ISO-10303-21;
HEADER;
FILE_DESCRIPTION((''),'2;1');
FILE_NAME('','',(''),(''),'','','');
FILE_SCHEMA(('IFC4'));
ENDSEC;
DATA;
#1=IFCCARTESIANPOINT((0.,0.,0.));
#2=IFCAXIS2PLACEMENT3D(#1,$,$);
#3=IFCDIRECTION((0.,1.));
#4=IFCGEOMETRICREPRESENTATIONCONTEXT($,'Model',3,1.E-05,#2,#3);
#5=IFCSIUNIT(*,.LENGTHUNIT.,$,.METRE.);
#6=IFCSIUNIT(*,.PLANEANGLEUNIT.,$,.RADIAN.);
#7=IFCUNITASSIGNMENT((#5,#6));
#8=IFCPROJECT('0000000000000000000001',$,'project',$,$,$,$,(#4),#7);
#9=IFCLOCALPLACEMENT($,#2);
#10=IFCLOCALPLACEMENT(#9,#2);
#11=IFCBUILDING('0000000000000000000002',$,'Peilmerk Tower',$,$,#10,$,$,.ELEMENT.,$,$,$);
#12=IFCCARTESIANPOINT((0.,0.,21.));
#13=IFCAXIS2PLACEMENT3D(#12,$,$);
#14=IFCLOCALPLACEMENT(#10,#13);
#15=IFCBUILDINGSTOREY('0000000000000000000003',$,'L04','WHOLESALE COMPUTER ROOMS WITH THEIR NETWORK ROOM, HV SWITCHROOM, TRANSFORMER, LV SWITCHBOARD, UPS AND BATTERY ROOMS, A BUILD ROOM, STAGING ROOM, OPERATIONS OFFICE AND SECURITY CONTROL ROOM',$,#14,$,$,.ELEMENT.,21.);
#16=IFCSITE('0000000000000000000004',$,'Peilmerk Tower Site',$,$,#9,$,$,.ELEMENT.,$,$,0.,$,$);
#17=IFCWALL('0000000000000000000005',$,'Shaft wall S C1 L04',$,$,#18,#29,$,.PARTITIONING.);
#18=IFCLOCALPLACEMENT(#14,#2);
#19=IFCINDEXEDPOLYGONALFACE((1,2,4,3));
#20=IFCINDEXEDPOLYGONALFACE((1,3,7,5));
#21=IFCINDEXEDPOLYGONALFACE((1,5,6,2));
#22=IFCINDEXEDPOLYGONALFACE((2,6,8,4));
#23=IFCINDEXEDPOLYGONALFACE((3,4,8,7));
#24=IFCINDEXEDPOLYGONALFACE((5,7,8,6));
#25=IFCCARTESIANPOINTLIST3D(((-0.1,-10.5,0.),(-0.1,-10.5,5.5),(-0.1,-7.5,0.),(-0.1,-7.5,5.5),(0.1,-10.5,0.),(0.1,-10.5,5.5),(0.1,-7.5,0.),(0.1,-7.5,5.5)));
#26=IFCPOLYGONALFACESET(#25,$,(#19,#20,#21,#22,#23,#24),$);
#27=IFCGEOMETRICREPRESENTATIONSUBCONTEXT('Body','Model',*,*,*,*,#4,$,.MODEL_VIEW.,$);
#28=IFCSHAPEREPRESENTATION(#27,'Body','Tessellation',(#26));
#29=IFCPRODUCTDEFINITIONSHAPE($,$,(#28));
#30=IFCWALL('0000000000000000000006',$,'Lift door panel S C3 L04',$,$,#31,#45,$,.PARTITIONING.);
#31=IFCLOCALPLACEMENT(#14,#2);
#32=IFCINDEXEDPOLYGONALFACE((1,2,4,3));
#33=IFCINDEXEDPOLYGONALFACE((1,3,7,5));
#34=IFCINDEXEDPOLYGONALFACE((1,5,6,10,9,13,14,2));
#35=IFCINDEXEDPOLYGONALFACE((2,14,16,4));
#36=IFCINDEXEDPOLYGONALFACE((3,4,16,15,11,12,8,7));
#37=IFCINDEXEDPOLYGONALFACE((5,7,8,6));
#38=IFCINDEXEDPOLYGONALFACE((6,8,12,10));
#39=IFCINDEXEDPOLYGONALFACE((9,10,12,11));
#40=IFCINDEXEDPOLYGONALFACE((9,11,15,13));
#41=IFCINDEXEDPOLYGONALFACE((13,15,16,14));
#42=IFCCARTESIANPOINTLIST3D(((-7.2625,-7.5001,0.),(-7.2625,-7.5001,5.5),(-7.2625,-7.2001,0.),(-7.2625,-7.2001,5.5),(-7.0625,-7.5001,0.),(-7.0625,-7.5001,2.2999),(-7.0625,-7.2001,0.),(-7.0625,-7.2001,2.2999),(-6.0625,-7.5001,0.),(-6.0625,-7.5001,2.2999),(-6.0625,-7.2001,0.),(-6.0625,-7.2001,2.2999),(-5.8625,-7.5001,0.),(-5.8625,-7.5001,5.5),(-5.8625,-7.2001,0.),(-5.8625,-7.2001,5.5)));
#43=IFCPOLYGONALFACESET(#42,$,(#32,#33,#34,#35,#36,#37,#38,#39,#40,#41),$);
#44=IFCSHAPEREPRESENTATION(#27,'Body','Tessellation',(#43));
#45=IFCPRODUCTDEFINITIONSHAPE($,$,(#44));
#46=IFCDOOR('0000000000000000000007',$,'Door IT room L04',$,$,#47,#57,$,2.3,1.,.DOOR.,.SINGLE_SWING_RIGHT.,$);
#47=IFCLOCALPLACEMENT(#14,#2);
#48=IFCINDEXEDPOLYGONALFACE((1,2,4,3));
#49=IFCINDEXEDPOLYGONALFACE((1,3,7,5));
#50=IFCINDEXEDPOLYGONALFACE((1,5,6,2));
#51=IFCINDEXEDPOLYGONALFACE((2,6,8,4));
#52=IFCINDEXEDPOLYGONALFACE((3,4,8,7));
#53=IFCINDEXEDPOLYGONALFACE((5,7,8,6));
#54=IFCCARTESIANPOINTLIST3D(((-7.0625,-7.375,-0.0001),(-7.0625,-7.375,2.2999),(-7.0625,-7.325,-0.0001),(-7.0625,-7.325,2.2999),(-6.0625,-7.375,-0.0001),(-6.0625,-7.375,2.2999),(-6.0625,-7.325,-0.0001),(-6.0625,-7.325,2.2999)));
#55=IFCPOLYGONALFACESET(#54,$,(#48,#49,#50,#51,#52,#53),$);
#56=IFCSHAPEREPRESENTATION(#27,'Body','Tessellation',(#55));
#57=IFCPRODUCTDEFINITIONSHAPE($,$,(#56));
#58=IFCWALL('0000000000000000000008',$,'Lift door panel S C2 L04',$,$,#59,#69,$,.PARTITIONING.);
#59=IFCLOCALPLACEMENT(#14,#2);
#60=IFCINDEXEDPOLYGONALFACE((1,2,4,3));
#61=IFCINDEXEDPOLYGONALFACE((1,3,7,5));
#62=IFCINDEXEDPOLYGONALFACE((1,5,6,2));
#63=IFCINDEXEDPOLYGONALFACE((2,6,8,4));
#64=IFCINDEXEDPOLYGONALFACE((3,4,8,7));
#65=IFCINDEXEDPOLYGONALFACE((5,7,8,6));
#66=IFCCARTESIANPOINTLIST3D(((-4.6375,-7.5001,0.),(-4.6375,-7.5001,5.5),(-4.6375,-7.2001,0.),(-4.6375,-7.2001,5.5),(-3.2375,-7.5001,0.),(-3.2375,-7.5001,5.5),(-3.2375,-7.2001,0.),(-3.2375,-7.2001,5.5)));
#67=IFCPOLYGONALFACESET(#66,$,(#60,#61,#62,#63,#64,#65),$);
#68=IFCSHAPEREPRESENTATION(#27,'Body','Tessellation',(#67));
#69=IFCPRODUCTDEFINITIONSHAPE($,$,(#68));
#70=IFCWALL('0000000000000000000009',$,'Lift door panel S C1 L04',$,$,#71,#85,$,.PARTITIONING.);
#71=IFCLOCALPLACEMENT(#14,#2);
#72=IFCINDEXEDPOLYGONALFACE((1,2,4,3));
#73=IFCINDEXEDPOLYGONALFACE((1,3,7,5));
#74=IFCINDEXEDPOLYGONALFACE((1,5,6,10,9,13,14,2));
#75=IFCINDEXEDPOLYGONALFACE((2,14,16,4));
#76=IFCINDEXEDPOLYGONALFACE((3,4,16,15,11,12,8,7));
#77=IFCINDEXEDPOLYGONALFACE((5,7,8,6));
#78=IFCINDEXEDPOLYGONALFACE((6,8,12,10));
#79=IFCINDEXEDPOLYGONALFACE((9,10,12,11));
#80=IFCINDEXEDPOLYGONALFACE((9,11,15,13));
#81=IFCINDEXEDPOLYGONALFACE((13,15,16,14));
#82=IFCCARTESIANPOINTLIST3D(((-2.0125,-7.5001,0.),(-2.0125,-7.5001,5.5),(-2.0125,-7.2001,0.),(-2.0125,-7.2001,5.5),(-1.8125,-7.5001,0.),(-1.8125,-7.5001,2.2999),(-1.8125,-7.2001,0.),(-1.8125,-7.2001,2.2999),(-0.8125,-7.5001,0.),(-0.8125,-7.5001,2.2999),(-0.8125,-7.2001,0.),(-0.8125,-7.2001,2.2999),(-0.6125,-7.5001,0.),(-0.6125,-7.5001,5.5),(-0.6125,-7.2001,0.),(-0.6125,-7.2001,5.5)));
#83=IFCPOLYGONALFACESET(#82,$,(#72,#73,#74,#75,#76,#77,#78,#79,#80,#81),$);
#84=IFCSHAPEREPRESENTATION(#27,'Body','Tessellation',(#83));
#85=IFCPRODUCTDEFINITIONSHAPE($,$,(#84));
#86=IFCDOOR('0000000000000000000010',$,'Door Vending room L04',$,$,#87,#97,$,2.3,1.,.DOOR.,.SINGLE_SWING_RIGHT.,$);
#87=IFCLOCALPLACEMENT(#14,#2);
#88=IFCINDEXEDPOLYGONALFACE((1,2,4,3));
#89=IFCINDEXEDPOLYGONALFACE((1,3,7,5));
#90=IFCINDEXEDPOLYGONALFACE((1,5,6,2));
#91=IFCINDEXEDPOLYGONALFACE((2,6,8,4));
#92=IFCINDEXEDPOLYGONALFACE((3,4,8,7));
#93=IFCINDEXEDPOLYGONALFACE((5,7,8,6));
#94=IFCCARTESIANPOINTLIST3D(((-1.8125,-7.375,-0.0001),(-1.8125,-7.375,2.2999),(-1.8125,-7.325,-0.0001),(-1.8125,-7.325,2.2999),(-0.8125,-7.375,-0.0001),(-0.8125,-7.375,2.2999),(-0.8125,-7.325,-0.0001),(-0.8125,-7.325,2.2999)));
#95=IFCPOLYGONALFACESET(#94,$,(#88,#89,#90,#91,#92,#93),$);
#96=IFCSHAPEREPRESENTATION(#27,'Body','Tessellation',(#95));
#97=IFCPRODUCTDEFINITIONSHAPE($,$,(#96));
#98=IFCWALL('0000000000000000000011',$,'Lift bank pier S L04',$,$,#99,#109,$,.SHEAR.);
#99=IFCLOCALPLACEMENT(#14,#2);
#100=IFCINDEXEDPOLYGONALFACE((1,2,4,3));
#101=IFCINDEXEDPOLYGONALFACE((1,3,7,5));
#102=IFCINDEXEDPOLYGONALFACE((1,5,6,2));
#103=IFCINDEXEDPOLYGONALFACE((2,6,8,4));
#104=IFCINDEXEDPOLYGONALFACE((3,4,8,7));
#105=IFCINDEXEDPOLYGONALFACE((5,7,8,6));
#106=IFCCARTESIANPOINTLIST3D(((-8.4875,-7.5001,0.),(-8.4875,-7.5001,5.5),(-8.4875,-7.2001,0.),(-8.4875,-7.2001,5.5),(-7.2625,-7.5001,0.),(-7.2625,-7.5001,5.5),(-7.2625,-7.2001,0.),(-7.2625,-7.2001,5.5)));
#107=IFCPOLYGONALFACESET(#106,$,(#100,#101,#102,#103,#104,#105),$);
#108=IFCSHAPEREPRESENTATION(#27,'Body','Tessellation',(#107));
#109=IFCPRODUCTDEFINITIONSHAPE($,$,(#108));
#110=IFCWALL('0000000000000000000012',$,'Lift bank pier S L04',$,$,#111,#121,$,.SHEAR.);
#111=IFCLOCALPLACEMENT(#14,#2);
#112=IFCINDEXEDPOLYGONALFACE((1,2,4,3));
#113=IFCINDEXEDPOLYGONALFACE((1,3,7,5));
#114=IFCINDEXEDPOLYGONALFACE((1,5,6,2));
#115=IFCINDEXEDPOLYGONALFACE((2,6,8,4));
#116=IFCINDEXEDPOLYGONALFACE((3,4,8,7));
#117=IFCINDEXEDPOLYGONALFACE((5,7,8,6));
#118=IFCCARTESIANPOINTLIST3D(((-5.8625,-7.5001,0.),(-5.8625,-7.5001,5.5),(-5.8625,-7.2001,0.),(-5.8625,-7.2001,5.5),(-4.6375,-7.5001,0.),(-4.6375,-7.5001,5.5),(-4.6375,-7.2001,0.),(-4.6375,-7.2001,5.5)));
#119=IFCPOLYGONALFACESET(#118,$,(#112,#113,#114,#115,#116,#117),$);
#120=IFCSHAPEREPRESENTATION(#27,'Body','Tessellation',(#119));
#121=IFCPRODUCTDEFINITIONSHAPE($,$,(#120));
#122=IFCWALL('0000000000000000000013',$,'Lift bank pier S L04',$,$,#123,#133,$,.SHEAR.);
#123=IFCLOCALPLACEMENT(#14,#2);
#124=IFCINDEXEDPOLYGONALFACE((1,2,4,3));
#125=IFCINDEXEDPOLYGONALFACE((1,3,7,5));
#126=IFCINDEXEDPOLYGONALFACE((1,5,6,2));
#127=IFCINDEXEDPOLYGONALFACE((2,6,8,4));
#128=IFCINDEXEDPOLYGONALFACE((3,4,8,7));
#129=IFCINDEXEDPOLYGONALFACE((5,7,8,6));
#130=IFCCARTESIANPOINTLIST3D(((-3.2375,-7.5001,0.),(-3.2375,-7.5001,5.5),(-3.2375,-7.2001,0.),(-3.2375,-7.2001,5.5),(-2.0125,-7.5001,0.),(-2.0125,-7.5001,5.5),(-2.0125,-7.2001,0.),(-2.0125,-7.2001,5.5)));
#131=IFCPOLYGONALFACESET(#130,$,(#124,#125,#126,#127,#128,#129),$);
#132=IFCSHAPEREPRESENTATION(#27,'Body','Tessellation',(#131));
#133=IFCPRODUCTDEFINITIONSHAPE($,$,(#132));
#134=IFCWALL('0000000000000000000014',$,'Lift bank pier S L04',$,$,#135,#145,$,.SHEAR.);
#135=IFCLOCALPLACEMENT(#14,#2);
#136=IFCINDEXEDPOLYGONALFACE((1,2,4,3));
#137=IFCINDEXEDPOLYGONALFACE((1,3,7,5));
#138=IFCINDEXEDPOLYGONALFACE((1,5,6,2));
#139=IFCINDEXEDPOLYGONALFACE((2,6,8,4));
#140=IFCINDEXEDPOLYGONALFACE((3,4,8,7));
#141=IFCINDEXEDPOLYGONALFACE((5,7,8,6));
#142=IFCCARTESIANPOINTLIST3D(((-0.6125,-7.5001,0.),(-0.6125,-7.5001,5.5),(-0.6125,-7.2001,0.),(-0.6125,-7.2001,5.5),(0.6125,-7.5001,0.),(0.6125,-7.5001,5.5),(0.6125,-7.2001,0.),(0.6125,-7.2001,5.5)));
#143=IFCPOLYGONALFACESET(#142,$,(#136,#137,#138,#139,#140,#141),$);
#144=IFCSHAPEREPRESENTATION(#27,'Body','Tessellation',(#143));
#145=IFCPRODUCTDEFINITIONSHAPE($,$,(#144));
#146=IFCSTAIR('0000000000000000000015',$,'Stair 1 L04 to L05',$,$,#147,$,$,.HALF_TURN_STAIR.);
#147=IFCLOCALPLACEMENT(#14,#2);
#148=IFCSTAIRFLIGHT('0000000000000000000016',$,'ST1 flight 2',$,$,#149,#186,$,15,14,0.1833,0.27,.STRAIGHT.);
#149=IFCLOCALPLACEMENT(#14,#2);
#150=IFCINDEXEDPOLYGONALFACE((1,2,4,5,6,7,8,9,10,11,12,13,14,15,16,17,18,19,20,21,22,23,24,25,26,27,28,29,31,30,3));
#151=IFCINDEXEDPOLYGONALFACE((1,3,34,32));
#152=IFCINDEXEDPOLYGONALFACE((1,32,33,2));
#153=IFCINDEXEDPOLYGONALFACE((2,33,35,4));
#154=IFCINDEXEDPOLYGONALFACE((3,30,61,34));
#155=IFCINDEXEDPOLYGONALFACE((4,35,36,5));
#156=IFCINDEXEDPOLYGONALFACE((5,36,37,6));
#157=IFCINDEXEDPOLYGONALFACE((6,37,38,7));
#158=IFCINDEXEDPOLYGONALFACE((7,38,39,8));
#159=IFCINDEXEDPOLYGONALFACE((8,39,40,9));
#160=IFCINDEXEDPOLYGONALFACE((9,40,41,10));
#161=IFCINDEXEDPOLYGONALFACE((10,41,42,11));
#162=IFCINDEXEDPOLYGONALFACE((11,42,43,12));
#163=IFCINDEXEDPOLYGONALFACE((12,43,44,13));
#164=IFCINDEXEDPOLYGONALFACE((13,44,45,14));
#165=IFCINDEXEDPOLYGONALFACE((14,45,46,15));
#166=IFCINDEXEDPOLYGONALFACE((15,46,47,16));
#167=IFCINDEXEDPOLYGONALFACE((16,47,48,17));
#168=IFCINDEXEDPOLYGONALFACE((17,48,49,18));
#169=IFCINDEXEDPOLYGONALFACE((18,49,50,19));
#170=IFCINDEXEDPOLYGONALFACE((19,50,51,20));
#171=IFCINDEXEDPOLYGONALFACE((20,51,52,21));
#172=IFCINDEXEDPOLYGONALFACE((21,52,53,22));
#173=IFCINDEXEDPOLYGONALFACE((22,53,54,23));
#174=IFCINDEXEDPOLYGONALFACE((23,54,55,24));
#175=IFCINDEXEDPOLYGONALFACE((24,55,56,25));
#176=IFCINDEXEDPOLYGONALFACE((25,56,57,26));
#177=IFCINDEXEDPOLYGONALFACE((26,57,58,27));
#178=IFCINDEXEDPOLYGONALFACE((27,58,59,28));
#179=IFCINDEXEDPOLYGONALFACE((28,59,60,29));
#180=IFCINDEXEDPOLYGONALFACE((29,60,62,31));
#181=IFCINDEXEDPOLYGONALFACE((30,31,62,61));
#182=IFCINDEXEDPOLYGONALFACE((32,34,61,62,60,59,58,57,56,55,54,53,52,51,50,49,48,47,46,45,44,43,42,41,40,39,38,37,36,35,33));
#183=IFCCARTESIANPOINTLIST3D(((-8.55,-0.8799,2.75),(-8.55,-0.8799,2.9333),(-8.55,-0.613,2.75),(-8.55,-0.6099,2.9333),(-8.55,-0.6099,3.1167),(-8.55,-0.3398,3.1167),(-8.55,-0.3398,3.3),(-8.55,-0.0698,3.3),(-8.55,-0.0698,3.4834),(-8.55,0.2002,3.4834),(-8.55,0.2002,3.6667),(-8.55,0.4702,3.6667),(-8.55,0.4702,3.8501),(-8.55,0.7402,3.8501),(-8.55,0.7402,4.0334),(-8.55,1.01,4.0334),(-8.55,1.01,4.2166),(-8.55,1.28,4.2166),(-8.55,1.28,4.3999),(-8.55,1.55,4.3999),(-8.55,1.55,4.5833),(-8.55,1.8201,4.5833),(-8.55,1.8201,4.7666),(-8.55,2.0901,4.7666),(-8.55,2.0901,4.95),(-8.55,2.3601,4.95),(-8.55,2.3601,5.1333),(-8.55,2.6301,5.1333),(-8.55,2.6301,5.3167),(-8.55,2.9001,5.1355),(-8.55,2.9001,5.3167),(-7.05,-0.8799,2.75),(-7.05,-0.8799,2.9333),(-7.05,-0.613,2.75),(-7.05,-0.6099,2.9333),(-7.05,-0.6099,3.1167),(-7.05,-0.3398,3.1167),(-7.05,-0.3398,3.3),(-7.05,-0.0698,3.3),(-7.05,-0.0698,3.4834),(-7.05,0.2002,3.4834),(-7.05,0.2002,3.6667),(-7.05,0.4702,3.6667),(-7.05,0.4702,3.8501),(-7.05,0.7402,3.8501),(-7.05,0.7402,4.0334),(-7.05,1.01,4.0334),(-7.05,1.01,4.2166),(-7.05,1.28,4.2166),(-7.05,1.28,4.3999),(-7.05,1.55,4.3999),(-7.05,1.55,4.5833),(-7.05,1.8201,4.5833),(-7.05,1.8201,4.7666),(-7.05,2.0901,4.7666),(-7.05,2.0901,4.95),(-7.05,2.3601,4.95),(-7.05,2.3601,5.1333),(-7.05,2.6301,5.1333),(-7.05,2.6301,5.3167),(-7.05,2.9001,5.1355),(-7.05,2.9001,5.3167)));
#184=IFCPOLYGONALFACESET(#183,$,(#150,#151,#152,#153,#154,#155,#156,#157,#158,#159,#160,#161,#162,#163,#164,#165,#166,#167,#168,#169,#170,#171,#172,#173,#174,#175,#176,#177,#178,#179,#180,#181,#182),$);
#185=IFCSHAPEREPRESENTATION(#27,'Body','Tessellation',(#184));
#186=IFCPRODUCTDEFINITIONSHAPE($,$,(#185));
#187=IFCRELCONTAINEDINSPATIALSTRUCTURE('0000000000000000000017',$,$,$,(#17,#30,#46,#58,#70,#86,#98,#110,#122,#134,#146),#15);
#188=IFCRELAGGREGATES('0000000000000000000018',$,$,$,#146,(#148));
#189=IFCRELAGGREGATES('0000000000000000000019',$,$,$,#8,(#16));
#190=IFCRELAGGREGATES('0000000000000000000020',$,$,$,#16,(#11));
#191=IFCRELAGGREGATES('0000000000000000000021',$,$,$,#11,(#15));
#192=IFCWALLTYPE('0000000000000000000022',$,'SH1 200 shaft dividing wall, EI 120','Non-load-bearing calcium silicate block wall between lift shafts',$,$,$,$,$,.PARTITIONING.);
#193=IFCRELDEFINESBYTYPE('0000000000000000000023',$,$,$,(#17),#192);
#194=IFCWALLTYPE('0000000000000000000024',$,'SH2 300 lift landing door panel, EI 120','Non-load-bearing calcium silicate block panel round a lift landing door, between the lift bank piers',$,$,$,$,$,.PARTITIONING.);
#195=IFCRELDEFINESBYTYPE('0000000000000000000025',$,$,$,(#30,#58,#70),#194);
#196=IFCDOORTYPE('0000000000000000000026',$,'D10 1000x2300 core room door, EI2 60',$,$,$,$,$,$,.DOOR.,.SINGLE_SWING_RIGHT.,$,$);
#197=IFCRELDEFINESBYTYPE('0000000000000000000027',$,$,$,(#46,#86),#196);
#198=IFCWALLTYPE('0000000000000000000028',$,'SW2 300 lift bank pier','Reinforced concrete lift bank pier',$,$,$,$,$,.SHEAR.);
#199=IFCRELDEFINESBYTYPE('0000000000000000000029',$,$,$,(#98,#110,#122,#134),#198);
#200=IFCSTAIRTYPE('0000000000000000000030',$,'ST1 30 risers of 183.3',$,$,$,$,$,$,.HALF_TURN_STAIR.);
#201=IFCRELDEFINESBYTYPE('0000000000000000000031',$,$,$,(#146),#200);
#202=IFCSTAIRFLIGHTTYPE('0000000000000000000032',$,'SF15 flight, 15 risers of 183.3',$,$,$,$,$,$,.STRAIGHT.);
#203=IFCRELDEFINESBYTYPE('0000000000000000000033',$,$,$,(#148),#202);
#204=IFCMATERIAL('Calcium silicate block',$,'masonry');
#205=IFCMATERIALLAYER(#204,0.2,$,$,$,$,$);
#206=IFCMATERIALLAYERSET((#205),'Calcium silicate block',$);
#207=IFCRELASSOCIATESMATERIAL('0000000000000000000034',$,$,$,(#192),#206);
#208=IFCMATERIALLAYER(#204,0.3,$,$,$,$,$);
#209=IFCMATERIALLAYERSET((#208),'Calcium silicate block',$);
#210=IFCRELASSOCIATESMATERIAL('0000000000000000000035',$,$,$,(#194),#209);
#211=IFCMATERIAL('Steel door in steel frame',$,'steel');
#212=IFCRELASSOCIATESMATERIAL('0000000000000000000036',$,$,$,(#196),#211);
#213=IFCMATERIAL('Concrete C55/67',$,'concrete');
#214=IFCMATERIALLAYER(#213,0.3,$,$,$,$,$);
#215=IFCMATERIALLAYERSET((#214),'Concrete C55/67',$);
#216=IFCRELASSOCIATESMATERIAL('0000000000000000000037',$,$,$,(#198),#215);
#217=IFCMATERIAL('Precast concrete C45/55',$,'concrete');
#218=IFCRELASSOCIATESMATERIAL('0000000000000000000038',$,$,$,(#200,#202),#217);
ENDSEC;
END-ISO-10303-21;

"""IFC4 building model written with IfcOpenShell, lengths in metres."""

from ifc_helpers import new_model, si_unit, direction, frame, frame_2d, origin, place, context, subcontext, project, spatial, polyline, rectangle, outline, extrude, material, layer, layer_set, type_object, element, fill, aggregate, save


model = new_model("IFC4")

# Units and contexts
model_context = context("Model", 3, precision=1e-05, world=origin(), true_north=direction((0.0, 1.0)))
body_context = subcontext(model_context, "Body", "Model", "MODEL_VIEW")
ifc_project = project(units=[si_unit("LENGTHUNIT", "METRE"), si_unit("PLANEANGLEUNIT", "RADIAN")], contexts=[model_context])

# Site, building, storey
site_placement = place(None, origin())
site = spatial("IfcSite", under=ifc_project, at=site_placement, Name="Peilmerk Tower Site", CompositionType="ELEMENT", RefElevation=0.0)
building_placement = place(site_placement, origin())
building = spatial("IfcBuilding", under=site, at=building_placement, Name="Peilmerk Tower", CompositionType="ELEMENT")
storey_placement = place(building_placement, frame((0.0, 0.0, 21.0)))
storey = spatial("IfcBuildingStorey", under=building, at=storey_placement, Name="L04", Description="WHOLESALE COMPUTER ROOMS WITH THEIR NETWORK ROOM, HV SWITCHROOM, TRANSFORMER, LV SWITCHBOARD, UPS AND BATTERY ROOMS, A BUILD ROOM, STAGING ROOM, OPERATIONS OFFICE AND SECURITY CONTROL ROOM", CompositionType="ELEMENT", Elevation=21.0)

# Wall
ifc_material_1 = material(Name="Calcium silicate block", Category="masonry")
ifc_layer_1 = layer(ifc_material_1, 0.2)
ifc_layer_set_1 = layer_set([ifc_layer_1], Name="Calcium silicate block")
wall_type_1 = type_object("IfcWallType", Name="SH1 200 shaft dividing wall, EI 120", Description="Non-load-bearing calcium silicate block wall between lift shafts", PredefinedType="PARTITIONING", material=ifc_layer_set_1)
for number, where, z_axis, x_axis, name in (
    (1, (0.0, -10.5, 0.0), (0.0, 0.0, 1.0), (0.0, 1.0, 0.0), "Shaft wall S C1 L04"),
):
    element("IfcWall", number, at=place(storey_placement, frame(where, z_axis=z_axis, x_axis=x_axis)), inside=storey, type_object=wall_type_1, Name=name, PredefinedType="PARTITIONING", context=body_context, shape_type="SweptSolid", body=[
        extrude(rectangle(XDim=3.0, YDim=0.2, at=frame_2d((1.5, 0.0))), origin(), (0.0, 0.0, 1.0), 5.5),
    ])

# Wall, opening, door
ifc_layer_2 = layer(ifc_material_1, 0.3)
ifc_layer_set_2 = layer_set([ifc_layer_2], Name="Calcium silicate block")
wall_type_2 = type_object("IfcWallType", Name="SH2 300 lift landing door panel, EI 120", Description="Non-load-bearing calcium silicate block panel round a lift landing door, between the lift bank piers", PredefinedType="PARTITIONING", material=ifc_layer_set_2)
wall_1_placement = place(storey_placement, frame((-7.2625, -7.3501, 0.0), z_axis=(0.0, 0.0, 1.0), x_axis=(1.0, 0.0, 0.0)))
wall_1 = element("IfcWall", 2, at=wall_1_placement, inside=storey, type_object=wall_type_2, Name="Lift door panel S C3 L04", PredefinedType="PARTITIONING", context=body_context, shape_type="SweptSolid", body=[
    extrude(rectangle(XDim=1.3999, YDim=0.3, at=frame_2d((0.7, 0.0))), origin(), (0.0, 0.0, 1.0), 5.5),
])
opening_1_placement = place(wall_1_placement, frame((0.2, 0.0, 0.0)))
opening_1 = element("IfcOpeningElement", 3, at=opening_1_placement, cuts=wall_1, PredefinedType="OPENING", context=body_context, shape_type="SweptSolid", body=[
    extrude(rectangle(XDim=1.0, YDim=2.3, at=frame_2d((0.5, 1.1499))), frame((0.0, 0.1599, 0.0), z_axis=(0.0, -1.0, 0.0), x_axis=(1.0, 0.0, 0.0)), (0.0, 0.0, 1.0), 0.3201),
])
ifc_material_2 = material(Name="Steel door in steel frame", Category="steel")
door_type = type_object("IfcDoorType", Name="D10 1000x2300 core room door, EI2 60", OperationType="SINGLE_SWING_RIGHT", PredefinedType="DOOR", material=ifc_material_2)
door_1_placement = place(opening_1_placement, frame((1.0, 0.0, 0.0), z_axis=(0.0, 0.0, 1.0), x_axis=(-1.0, 0.0, 0.0)))
door_1 = element("IfcDoor", 4, at=door_1_placement, inside=storey, type_object=door_type, Name="Door IT room L04", OperationType="SINGLE_SWING_RIGHT", OverallHeight=2.3, OverallWidth=1.0, PredefinedType="DOOR", context=body_context, shape_type="SweptSolid", body=[
    extrude(rectangle(XDim=1.0, YDim=2.3, at=frame_2d((0.5, 1.1499))), frame((0.0, 0.0249, 0.0), z_axis=(0.0, -1.0, 0.0), x_axis=(1.0, 0.0, 0.0)), (0.0, 0.0, 1.0), 0.05),
])
fill(opening_1, door_1)

# Wall
wall_2_placement = place(storey_placement, frame((-4.6375, -7.3501, 0.0), z_axis=(0.0, 0.0, 1.0), x_axis=(1.0, 0.0, 0.0)))
element("IfcWall", 5, at=wall_2_placement, inside=storey, type_object=wall_type_2, Name="Lift door panel S C2 L04", PredefinedType="PARTITIONING", context=body_context, shape_type="SweptSolid", body=[
    extrude(rectangle(XDim=1.3999, YDim=0.3, at=frame_2d((0.7, 0.0))), origin(), (0.0, 0.0, 1.0), 5.5),
])

# Wall, opening, door
wall_3_placement = place(storey_placement, frame((-2.0125, -7.3501, 0.0), z_axis=(0.0, 0.0, 1.0), x_axis=(1.0, 0.0, 0.0)))
wall_3 = element("IfcWall", 6, at=wall_3_placement, inside=storey, type_object=wall_type_2, Name="Lift door panel S C1 L04", PredefinedType="PARTITIONING", context=body_context, shape_type="SweptSolid", body=[
    extrude(rectangle(XDim=1.3999, YDim=0.3, at=frame_2d((0.7, 0.0))), origin(), (0.0, 0.0, 1.0), 5.5),
])
opening_2_placement = place(wall_3_placement, frame((0.2, 0.0, 0.0)))
opening_2 = element("IfcOpeningElement", 7, at=opening_2_placement, cuts=wall_3, PredefinedType="OPENING", context=body_context, shape_type="SweptSolid", body=[
    extrude(rectangle(XDim=1.0, YDim=2.3, at=frame_2d((0.5, 1.1499))), frame((0.0, 0.1599, 0.0), z_axis=(0.0, -1.0, 0.0), x_axis=(1.0, 0.0, 0.0)), (0.0, 0.0, 1.0), 0.3201),
])
door_2_placement = place(opening_2_placement, frame((1.0, 0.0, 0.0), z_axis=(0.0, 0.0, 1.0), x_axis=(-1.0, 0.0, 0.0)))
door_2 = element("IfcDoor", 8, at=door_2_placement, inside=storey, type_object=door_type, Name="Door Vending room L04", OperationType="SINGLE_SWING_RIGHT", OverallHeight=2.3, OverallWidth=1.0, PredefinedType="DOOR", context=body_context, shape_type="SweptSolid", body=[
    extrude(rectangle(XDim=1.0, YDim=2.3, at=frame_2d((0.5, 1.1499))), frame((0.0, 0.0249, 0.0), z_axis=(0.0, -1.0, 0.0), x_axis=(1.0, 0.0, 0.0)), (0.0, 0.0, 1.0), 0.05),
])
fill(opening_2, door_2)

# Walls
ifc_material_3 = material(Name="Concrete C55/67", Category="concrete")
ifc_layer_3 = layer(ifc_material_3, 0.3)
ifc_layer_set_3 = layer_set([ifc_layer_3], Name="Concrete C55/67")
wall_type_3 = type_object("IfcWallType", Name="SW2 300 lift bank pier", Description="Reinforced concrete lift bank pier", PredefinedType="SHEAR", material=ifc_layer_set_3)
for number, where, z_axis, x_axis, name in (
    (9, (-8.4875, -7.3501, 0.0), (0.0, 0.0, 1.0), (1.0, 0.0, 0.0), "Lift bank pier S L04"),
    (10, (-5.8625, -7.3501, 0.0), (0.0, 0.0, 1.0), (1.0, 0.0, 0.0), "Lift bank pier S L04"),
    (11, (-3.2375, -7.3501, 0.0), (0.0, 0.0, 1.0), (1.0, 0.0, 0.0), "Lift bank pier S L04"),
    (12, (-0.6125, -7.3501, 0.0), (0.0, 0.0, 1.0), (1.0, 0.0, 0.0), "Lift bank pier S L04"),
):
    element("IfcWall", number, at=place(storey_placement, frame(where, z_axis=z_axis, x_axis=x_axis)), inside=storey, type_object=wall_type_3, Name=name, PredefinedType="SHEAR", context=body_context, shape_type="SweptSolid", body=[
        extrude(rectangle(XDim=1.2251, YDim=0.3, at=frame_2d((0.6125, 0.0))), origin(), (0.0, 0.0, 1.0), 5.5),
    ])

# Stair, stair flight
ifc_material_4 = material(Name="Precast concrete C45/55", Category="concrete")
stair_type = type_object("IfcStairType", Name="ST1 30 risers of 183.3", PredefinedType="HALF_TURN_STAIR", material=ifc_material_4)
stair_placement = place(storey_placement, origin())
stair = element("IfcStair", 13, at=stair_placement, inside=storey, type_object=stair_type, Name="Stair 1 L04 to L05", PredefinedType="HALF_TURN_STAIR")
stair_flight_type = type_object("IfcStairFlightType", Name="SF15 flight, 15 risers of 183.3", PredefinedType="STRAIGHT", material=ifc_material_4)
stair_flight_placement = place(storey_placement, frame((-7.8, -0.8799, 2.75), z_axis=(0.0, 0.0, 1.0), x_axis=(0.0, 1.0, 0.0)))
stair_flight = element("IfcStairFlight", 14, at=stair_flight_placement, type_object=stair_flight_type, Name="ST1 flight 2", NumberOfRisers=15, NumberOfTreads=14, PredefinedType="STRAIGHT", RiserHeight=0.1833, TreadLength=0.27, context=body_context, shape_type="SweptSolid", body=[
    extrude(outline(polyline([(0.0, 0.0), (0.0, 0.1833), (0.27, 0.1833), (0.27, 0.3667), (0.54, 0.3667), (0.54, 0.55), (0.8101, 0.55), (0.8101, 0.7334), (1.0801, 0.7334), (1.0801, 0.9167), (1.3501, 0.9167), (1.3501, 1.1001), (1.6201, 1.1001), (1.6201, 1.2834), (1.8899, 1.2834), (1.8899, 1.4666), (2.1599, 1.4666), (2.1599, 1.6499), (2.4299, 1.6499), (2.4299, 1.8333), (2.7, 1.8333), (2.7, 2.0166), (2.97, 2.0166), (2.97, 2.2), (3.24, 2.2), (3.24, 2.3833), (3.51, 2.3833), (3.51, 2.5667), (3.78, 2.5667), (3.78, 2.75), (3.78, 2.3855), (0.2668, 0.0), (0.0, 0.0)])), frame((0.0, 0.75, 0.0), z_axis=(0.0, -1.0, 0.0), x_axis=(1.0, 0.0, 0.0)), (0.0, 0.0, 1.0), 1.5),
])
aggregate(stair, [stair_flight])

save(model, "model.ifc")
